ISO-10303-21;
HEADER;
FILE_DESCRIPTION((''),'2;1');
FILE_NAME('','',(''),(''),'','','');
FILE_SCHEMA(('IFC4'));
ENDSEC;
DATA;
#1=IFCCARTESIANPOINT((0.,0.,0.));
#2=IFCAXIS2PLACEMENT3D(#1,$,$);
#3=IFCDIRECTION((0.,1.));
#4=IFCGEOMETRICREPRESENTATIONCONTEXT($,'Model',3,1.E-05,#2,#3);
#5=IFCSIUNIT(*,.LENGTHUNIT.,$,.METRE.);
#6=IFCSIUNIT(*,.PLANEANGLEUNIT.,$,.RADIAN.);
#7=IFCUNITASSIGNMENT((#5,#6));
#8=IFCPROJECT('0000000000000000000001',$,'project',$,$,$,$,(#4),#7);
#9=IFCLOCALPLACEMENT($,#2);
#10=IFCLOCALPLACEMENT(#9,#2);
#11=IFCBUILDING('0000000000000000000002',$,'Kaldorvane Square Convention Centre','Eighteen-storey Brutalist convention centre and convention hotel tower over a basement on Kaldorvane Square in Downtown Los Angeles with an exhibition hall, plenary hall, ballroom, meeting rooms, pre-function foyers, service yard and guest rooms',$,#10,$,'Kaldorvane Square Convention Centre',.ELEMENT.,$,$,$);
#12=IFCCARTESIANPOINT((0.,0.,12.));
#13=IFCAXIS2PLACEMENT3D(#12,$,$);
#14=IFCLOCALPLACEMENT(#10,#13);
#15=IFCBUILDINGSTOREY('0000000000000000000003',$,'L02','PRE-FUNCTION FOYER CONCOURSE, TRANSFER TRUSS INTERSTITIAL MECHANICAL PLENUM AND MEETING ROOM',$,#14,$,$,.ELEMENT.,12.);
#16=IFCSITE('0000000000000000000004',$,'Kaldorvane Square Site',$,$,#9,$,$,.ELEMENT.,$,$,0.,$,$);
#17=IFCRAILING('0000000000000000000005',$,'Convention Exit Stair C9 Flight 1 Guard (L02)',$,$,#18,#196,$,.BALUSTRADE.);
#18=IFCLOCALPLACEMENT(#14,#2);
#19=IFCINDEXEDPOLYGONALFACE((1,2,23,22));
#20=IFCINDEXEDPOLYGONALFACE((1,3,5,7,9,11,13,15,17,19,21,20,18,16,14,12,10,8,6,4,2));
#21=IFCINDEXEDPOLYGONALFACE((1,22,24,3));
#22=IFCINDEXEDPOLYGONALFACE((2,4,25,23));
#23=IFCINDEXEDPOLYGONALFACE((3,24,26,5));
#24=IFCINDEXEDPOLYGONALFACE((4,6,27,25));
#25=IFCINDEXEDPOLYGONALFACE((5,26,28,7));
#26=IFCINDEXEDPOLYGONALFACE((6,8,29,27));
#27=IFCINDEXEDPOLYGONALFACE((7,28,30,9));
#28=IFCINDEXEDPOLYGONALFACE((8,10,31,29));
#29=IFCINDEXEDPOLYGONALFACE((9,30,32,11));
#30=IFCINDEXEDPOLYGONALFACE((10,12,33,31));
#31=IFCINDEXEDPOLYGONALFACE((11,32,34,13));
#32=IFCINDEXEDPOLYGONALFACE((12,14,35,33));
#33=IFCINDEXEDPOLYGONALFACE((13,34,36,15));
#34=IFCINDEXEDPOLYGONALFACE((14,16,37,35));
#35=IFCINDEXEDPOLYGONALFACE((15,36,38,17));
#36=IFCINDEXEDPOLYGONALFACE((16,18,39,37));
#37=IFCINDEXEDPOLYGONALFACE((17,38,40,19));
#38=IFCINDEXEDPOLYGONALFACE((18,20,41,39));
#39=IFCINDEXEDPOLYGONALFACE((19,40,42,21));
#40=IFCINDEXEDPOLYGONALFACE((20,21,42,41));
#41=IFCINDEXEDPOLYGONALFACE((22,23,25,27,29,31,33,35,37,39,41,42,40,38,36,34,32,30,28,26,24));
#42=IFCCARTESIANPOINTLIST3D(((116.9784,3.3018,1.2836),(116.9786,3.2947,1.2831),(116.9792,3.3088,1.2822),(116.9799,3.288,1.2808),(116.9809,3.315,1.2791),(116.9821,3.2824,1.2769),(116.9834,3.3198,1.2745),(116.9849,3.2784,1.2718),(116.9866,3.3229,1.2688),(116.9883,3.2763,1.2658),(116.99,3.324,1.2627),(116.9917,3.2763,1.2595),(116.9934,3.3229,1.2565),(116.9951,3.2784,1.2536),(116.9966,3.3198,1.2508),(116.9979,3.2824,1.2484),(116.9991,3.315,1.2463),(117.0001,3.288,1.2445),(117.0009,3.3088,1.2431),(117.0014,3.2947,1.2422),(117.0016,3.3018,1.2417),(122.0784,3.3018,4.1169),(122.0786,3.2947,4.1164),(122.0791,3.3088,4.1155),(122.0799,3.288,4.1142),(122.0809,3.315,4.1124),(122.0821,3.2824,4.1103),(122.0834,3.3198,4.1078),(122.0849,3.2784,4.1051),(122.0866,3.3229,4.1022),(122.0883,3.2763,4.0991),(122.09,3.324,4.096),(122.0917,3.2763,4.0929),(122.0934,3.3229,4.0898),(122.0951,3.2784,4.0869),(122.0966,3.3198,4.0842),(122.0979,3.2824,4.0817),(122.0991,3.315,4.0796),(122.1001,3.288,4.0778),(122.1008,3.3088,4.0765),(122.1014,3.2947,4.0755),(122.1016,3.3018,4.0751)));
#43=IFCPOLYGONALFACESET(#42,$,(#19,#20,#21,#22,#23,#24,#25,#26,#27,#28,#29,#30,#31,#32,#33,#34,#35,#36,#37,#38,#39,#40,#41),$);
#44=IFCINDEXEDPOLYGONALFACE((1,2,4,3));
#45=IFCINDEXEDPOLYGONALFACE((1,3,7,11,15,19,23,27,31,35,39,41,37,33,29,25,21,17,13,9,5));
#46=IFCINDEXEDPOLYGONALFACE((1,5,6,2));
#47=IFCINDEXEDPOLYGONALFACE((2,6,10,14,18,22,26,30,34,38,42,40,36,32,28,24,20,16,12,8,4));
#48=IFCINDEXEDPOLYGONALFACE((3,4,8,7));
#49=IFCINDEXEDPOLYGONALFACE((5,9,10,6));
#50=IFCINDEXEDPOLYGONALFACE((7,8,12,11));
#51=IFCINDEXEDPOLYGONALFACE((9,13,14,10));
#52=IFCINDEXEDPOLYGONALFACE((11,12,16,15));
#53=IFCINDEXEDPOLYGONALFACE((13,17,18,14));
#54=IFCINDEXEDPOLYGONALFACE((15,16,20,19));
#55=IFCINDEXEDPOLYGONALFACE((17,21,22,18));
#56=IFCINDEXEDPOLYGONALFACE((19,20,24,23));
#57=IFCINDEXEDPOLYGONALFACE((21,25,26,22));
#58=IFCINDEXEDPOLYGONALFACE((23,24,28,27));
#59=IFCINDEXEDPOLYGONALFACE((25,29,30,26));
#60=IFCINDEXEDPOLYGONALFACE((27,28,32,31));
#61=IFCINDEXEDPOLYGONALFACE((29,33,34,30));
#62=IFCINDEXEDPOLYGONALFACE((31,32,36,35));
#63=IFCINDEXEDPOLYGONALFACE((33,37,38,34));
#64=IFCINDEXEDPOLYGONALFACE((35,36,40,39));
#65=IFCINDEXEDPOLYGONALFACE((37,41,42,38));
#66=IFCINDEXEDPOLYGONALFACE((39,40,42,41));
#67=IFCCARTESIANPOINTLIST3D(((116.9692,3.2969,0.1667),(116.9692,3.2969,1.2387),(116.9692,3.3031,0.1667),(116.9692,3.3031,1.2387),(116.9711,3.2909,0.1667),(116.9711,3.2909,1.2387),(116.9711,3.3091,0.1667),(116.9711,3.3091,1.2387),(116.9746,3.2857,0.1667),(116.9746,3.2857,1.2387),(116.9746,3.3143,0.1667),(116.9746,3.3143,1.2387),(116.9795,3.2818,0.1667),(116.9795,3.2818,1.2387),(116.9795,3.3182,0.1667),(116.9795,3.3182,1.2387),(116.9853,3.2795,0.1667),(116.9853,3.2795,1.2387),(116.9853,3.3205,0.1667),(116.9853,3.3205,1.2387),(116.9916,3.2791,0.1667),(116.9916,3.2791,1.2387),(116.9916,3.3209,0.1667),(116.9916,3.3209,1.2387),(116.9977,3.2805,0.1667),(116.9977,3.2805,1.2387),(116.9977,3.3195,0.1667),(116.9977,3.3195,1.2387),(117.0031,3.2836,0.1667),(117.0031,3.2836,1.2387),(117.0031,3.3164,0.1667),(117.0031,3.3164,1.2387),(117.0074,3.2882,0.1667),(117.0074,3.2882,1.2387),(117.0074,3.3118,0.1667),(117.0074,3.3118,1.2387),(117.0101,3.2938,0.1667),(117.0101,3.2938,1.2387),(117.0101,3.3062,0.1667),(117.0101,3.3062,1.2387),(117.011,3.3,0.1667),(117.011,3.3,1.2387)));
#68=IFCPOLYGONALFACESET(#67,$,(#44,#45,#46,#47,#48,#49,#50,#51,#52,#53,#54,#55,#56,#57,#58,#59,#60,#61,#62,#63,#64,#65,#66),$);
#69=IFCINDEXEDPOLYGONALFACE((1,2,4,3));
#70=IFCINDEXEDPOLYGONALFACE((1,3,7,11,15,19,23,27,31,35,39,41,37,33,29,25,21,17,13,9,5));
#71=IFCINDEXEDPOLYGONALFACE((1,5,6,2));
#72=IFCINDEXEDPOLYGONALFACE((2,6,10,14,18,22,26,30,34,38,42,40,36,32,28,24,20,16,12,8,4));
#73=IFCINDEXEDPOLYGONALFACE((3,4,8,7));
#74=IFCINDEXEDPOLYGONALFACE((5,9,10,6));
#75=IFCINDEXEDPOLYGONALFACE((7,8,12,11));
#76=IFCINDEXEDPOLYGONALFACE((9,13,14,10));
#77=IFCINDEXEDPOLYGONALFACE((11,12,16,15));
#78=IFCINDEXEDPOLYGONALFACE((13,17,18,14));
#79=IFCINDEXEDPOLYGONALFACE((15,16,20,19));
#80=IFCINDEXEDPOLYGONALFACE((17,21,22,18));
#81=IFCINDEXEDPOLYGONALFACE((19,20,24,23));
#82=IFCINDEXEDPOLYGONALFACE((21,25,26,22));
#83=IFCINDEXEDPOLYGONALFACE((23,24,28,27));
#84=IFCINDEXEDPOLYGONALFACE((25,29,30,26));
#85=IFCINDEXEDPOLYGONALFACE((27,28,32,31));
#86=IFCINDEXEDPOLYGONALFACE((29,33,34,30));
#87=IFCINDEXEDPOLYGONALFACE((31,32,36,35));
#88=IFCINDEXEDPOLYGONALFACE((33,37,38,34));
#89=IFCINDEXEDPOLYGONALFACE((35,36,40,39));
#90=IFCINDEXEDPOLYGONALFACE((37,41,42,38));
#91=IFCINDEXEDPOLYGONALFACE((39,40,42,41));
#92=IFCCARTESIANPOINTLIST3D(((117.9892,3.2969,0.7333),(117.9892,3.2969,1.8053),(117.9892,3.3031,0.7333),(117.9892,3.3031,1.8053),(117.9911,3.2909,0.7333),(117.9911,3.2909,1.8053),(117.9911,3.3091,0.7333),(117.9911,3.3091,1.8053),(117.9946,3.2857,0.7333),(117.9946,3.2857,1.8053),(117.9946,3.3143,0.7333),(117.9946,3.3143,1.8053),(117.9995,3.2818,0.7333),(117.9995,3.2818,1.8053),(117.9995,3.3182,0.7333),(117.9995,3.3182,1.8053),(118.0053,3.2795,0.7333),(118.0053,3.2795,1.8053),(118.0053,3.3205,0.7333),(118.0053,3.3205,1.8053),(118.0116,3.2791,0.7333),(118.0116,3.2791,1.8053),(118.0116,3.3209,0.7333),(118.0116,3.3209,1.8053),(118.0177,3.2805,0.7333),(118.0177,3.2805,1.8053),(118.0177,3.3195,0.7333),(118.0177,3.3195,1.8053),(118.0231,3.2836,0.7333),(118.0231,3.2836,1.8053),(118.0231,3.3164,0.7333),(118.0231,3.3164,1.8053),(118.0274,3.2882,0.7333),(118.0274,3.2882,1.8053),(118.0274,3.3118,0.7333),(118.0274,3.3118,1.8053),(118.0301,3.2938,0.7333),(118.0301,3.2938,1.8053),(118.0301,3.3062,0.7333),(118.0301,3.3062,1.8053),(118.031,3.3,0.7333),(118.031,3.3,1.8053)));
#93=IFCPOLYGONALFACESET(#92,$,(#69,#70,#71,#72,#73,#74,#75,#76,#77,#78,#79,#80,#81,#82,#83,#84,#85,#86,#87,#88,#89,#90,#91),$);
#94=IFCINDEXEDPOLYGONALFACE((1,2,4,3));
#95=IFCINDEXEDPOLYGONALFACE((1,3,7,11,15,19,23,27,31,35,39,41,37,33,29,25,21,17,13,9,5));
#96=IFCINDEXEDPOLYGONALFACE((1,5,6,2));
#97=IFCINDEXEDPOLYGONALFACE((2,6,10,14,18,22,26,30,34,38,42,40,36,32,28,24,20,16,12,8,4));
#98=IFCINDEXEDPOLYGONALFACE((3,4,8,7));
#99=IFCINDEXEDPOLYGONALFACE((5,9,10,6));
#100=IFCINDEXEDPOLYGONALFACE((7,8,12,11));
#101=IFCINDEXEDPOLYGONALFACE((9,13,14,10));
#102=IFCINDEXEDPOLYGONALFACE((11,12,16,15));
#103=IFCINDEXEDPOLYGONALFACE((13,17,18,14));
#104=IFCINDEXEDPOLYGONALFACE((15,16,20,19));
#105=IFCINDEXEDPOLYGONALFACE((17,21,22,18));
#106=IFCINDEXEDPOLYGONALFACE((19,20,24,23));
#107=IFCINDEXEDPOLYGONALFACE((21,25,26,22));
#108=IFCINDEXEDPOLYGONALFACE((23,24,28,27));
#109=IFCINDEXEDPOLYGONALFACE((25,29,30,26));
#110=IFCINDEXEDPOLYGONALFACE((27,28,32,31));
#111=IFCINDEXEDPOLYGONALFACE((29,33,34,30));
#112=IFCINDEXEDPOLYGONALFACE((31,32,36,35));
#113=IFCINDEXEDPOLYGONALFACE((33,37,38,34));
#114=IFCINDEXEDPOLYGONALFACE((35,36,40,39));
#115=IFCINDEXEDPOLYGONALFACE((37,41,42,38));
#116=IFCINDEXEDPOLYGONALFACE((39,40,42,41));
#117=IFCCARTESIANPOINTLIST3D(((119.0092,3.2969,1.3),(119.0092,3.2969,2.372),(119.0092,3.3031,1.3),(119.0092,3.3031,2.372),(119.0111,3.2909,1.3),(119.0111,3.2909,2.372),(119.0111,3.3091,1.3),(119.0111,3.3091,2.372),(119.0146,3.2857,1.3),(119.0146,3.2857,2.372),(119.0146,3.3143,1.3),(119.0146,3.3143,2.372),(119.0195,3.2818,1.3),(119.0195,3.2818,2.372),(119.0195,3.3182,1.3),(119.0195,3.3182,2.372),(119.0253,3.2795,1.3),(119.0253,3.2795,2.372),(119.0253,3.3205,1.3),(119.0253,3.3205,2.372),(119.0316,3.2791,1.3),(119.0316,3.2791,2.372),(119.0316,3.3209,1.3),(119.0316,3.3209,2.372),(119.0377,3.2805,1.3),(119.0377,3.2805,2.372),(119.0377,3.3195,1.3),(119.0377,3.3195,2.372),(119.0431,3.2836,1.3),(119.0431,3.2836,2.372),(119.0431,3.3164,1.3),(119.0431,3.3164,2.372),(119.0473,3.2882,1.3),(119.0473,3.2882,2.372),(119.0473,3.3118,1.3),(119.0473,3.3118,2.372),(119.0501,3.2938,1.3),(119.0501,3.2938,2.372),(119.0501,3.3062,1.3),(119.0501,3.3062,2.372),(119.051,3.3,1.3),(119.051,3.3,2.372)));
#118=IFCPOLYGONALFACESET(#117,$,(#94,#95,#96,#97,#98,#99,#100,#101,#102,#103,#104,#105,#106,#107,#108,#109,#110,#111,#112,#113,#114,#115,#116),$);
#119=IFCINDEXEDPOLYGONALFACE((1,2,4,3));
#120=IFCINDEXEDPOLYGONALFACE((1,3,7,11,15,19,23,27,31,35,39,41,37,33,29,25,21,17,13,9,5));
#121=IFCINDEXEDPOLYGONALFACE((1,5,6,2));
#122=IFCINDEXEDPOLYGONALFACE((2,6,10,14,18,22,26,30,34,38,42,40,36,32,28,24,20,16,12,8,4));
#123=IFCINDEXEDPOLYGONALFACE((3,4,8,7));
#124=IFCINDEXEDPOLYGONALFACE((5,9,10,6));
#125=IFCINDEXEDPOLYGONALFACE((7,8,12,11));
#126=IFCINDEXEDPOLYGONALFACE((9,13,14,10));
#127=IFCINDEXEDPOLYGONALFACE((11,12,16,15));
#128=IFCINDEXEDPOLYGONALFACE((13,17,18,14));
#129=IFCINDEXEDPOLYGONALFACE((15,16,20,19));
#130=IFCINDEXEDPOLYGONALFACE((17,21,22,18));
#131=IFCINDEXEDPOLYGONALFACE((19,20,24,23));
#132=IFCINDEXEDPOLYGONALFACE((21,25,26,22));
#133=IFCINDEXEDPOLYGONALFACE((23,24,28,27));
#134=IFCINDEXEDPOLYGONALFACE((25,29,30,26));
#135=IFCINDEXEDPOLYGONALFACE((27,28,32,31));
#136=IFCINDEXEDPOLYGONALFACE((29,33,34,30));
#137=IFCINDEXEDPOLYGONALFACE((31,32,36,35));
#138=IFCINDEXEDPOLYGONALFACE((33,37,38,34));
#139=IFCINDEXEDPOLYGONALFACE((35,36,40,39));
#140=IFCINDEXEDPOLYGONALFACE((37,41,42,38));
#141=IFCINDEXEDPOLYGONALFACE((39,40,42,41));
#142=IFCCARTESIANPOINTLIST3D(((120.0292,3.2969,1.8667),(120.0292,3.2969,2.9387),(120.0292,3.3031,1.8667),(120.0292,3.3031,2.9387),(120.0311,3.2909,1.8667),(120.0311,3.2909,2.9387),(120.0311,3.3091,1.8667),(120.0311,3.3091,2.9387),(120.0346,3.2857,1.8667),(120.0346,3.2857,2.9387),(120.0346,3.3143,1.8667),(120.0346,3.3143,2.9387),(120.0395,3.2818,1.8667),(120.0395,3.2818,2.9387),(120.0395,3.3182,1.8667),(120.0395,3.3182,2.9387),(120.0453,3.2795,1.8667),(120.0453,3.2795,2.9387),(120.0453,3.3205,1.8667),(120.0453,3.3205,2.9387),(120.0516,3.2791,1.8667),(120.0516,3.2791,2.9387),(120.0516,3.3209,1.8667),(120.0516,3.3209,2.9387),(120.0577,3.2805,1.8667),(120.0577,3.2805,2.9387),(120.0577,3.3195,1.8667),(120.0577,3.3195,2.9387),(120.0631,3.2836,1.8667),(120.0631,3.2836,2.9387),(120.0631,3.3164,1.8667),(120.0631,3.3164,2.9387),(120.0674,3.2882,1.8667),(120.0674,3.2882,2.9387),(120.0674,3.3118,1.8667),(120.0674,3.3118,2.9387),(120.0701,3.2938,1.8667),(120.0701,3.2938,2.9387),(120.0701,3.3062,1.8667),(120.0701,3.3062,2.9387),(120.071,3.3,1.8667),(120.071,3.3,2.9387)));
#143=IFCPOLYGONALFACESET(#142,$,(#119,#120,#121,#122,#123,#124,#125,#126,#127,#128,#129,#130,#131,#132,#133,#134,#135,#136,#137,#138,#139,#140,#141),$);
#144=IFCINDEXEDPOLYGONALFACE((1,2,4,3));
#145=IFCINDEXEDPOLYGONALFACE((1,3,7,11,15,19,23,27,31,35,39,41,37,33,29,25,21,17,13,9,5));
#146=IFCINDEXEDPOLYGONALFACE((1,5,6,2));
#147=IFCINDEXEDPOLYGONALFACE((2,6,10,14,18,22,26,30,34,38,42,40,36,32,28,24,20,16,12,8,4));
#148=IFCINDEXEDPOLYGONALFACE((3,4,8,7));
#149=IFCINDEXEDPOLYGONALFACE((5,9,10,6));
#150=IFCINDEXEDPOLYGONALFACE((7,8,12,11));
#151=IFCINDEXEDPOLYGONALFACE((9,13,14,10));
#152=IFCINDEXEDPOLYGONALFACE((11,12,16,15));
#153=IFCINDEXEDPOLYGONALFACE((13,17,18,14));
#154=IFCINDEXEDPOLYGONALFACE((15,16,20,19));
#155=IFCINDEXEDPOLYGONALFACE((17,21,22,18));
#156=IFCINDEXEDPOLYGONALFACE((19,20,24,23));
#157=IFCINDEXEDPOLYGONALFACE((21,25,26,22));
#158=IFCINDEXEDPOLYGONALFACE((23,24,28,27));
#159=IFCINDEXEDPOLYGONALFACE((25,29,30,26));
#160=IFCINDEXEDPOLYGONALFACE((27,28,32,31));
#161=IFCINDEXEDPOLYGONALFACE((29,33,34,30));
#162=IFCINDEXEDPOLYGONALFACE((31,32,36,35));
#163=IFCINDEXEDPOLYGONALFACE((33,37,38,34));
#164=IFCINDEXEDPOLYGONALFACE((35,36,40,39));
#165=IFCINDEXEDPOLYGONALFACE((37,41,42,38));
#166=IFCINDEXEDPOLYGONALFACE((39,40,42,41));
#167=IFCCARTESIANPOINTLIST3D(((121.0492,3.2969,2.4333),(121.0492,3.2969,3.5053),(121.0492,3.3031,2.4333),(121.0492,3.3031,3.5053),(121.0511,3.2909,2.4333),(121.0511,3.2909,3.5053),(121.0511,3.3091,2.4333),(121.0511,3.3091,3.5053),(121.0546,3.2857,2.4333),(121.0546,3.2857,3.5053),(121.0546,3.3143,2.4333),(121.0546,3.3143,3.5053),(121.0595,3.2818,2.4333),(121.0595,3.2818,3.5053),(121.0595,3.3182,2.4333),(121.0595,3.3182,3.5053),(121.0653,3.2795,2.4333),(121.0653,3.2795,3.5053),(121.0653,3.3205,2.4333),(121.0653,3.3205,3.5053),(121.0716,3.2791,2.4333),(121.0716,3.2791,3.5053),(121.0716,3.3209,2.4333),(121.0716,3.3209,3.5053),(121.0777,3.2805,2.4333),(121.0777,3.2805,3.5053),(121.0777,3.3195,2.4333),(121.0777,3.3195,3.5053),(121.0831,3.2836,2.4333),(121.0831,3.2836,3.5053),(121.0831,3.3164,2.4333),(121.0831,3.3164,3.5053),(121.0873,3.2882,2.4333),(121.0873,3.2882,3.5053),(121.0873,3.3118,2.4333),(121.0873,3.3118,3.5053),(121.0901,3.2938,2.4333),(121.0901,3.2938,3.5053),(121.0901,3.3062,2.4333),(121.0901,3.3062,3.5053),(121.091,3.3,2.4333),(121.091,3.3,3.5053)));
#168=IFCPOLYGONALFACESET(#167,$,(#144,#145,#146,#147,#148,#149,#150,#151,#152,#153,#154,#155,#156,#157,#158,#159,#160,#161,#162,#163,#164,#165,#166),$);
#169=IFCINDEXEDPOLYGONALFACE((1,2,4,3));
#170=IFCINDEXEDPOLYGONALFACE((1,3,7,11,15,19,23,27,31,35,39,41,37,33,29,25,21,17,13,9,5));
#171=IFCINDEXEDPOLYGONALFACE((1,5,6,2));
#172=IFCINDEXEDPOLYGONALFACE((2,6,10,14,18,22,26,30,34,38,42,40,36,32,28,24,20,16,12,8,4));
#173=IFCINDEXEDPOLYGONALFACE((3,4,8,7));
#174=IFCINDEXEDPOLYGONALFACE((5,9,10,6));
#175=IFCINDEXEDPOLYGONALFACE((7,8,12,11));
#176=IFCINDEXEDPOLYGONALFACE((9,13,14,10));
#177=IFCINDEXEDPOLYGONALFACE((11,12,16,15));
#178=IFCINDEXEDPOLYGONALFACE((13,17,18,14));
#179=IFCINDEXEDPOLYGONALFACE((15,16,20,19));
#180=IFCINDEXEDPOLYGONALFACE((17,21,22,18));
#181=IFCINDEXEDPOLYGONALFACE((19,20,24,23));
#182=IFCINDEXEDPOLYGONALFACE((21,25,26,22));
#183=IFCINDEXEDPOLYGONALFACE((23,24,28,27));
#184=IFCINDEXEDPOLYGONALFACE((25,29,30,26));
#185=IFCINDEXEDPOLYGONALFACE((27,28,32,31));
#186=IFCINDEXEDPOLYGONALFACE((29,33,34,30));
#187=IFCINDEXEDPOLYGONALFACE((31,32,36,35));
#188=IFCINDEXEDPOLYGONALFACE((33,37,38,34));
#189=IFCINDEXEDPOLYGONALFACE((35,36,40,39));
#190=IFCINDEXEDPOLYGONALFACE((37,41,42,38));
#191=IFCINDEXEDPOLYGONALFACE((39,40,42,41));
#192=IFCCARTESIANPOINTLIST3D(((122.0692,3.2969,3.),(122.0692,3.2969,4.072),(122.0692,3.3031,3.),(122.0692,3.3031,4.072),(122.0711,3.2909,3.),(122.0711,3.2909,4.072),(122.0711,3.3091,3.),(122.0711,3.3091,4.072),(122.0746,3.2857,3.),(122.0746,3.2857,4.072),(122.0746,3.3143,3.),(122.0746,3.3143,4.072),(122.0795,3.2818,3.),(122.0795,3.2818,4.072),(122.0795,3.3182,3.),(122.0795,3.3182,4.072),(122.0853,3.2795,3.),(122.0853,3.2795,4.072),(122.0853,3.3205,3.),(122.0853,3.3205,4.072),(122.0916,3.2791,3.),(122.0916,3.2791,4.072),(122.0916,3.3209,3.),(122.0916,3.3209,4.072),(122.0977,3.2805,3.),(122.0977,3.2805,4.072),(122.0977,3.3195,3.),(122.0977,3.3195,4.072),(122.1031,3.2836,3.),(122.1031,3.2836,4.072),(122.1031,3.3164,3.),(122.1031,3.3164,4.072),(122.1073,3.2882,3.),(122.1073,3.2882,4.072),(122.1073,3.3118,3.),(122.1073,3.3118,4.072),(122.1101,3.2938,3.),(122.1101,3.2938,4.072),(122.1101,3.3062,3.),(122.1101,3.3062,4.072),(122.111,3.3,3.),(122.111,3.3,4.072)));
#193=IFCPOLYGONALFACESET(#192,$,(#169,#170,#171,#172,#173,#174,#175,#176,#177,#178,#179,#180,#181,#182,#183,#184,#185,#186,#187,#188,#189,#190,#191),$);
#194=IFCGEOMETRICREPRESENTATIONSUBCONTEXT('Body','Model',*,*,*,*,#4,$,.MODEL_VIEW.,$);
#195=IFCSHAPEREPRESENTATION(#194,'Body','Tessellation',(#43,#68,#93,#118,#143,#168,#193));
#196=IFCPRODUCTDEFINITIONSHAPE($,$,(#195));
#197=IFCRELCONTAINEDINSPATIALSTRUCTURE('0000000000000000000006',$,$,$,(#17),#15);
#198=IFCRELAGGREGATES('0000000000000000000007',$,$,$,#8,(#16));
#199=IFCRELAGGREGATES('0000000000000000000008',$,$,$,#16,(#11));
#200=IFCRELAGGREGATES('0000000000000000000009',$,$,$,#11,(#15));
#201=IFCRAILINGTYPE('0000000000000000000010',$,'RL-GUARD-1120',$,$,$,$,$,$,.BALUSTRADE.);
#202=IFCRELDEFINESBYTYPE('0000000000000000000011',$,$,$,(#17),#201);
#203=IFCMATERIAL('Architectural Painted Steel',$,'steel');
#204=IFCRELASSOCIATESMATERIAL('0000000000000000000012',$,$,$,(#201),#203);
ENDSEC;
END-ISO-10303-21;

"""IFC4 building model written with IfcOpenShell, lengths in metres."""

from ifc_helpers import new_model, si_unit, direction, frame, origin, origin_2d, place, context, subcontext, project, spatial, circle, extrude, material, type_object, element, save


model = new_model("IFC4")

# Units and contexts
model_context = context("Model", 3, precision=1e-05, world=origin(), true_north=direction((0.0, 1.0)))
body_context = subcontext(model_context, "Body", "Model", "MODEL_VIEW")
ifc_project = project(units=[si_unit("LENGTHUNIT", "METRE"), si_unit("PLANEANGLEUNIT", "RADIAN")], contexts=[model_context])

# Site, building, storey
site_placement = place(None, origin())
site = spatial("IfcSite", under=ifc_project, at=site_placement, Name="Kaldorvane Square Site", CompositionType="ELEMENT", RefElevation=0.0)
building_placement = place(site_placement, origin())
building = spatial("IfcBuilding", under=site, at=building_placement, Name="Kaldorvane Square Convention Centre", Description="Eighteen-storey Brutalist convention centre and convention hotel tower over a basement on Kaldorvane Square in Downtown Los Angeles with an exhibition hall, plenary hall, ballroom, meeting rooms, pre-function foyers, service yard and guest rooms", LongName="Kaldorvane Square Convention Centre", CompositionType="ELEMENT")
storey_placement = place(building_placement, frame((0.0, 0.0, 12.0)))
storey = spatial("IfcBuildingStorey", under=building, at=storey_placement, Name="L02", Description="PRE-FUNCTION FOYER CONCOURSE, TRANSFER TRUSS INTERSTITIAL MECHANICAL PLENUM AND MEETING ROOM", CompositionType="ELEMENT", Elevation=12.0)

# Railing
ifc_material_1 = material(Name="Architectural Painted Steel", Category="steel")
railing_type_1 = type_object("IfcRailingType", Name="RL-GUARD-1120", PredefinedType="BALUSTRADE", material=ifc_material_1)
railing_1_placement = place(storey_placement, frame((116.99, 3.3, 0.1667)))
element("IfcRailing", 1, at=railing_1_placement, inside=storey, type_object=railing_type_1, Name="Convention Exit Stair C9 Flight 1 Guard (L02)", PredefinedType="BALUSTRADE", context=body_context, shape_type="SweptSolid", body=[
    extrude(circle(Radius=0.024, at=origin_2d()), frame((0.0, 0.0, 1.096), z_axis=(0.874157, 0.0, 0.485643), x_axis=(0.0, 1.0, 0.0)), (0.0, 0.0, 1.0), 5.8342),
    extrude(circle(Radius=0.021, at=origin_2d()), origin(), (0.0, 0.0, 1.0), 1.072),
    extrude(circle(Radius=0.021, at=origin_2d()), frame((1.02, 0.0, 0.5667)), (0.0, 0.0, 1.0), 1.072),
    extrude(circle(Radius=0.021, at=origin_2d()), frame((2.04, 0.0, 1.1333)), (0.0, 0.0, 1.0), 1.072),
    extrude(circle(Radius=0.021, at=origin_2d()), frame((3.06, 0.0, 1.7)), (0.0, 0.0, 1.0), 1.072),
    extrude(circle(Radius=0.021, at=origin_2d()), frame((4.08, 0.0, 2.2667)), (0.0, 0.0, 1.0), 1.072),
    extrude(circle(Radius=0.021, at=origin_2d()), frame((5.1, 0.0, 2.8333)), (0.0, 0.0, 1.0), 1.072),
])

save(model, "model.ifc")
